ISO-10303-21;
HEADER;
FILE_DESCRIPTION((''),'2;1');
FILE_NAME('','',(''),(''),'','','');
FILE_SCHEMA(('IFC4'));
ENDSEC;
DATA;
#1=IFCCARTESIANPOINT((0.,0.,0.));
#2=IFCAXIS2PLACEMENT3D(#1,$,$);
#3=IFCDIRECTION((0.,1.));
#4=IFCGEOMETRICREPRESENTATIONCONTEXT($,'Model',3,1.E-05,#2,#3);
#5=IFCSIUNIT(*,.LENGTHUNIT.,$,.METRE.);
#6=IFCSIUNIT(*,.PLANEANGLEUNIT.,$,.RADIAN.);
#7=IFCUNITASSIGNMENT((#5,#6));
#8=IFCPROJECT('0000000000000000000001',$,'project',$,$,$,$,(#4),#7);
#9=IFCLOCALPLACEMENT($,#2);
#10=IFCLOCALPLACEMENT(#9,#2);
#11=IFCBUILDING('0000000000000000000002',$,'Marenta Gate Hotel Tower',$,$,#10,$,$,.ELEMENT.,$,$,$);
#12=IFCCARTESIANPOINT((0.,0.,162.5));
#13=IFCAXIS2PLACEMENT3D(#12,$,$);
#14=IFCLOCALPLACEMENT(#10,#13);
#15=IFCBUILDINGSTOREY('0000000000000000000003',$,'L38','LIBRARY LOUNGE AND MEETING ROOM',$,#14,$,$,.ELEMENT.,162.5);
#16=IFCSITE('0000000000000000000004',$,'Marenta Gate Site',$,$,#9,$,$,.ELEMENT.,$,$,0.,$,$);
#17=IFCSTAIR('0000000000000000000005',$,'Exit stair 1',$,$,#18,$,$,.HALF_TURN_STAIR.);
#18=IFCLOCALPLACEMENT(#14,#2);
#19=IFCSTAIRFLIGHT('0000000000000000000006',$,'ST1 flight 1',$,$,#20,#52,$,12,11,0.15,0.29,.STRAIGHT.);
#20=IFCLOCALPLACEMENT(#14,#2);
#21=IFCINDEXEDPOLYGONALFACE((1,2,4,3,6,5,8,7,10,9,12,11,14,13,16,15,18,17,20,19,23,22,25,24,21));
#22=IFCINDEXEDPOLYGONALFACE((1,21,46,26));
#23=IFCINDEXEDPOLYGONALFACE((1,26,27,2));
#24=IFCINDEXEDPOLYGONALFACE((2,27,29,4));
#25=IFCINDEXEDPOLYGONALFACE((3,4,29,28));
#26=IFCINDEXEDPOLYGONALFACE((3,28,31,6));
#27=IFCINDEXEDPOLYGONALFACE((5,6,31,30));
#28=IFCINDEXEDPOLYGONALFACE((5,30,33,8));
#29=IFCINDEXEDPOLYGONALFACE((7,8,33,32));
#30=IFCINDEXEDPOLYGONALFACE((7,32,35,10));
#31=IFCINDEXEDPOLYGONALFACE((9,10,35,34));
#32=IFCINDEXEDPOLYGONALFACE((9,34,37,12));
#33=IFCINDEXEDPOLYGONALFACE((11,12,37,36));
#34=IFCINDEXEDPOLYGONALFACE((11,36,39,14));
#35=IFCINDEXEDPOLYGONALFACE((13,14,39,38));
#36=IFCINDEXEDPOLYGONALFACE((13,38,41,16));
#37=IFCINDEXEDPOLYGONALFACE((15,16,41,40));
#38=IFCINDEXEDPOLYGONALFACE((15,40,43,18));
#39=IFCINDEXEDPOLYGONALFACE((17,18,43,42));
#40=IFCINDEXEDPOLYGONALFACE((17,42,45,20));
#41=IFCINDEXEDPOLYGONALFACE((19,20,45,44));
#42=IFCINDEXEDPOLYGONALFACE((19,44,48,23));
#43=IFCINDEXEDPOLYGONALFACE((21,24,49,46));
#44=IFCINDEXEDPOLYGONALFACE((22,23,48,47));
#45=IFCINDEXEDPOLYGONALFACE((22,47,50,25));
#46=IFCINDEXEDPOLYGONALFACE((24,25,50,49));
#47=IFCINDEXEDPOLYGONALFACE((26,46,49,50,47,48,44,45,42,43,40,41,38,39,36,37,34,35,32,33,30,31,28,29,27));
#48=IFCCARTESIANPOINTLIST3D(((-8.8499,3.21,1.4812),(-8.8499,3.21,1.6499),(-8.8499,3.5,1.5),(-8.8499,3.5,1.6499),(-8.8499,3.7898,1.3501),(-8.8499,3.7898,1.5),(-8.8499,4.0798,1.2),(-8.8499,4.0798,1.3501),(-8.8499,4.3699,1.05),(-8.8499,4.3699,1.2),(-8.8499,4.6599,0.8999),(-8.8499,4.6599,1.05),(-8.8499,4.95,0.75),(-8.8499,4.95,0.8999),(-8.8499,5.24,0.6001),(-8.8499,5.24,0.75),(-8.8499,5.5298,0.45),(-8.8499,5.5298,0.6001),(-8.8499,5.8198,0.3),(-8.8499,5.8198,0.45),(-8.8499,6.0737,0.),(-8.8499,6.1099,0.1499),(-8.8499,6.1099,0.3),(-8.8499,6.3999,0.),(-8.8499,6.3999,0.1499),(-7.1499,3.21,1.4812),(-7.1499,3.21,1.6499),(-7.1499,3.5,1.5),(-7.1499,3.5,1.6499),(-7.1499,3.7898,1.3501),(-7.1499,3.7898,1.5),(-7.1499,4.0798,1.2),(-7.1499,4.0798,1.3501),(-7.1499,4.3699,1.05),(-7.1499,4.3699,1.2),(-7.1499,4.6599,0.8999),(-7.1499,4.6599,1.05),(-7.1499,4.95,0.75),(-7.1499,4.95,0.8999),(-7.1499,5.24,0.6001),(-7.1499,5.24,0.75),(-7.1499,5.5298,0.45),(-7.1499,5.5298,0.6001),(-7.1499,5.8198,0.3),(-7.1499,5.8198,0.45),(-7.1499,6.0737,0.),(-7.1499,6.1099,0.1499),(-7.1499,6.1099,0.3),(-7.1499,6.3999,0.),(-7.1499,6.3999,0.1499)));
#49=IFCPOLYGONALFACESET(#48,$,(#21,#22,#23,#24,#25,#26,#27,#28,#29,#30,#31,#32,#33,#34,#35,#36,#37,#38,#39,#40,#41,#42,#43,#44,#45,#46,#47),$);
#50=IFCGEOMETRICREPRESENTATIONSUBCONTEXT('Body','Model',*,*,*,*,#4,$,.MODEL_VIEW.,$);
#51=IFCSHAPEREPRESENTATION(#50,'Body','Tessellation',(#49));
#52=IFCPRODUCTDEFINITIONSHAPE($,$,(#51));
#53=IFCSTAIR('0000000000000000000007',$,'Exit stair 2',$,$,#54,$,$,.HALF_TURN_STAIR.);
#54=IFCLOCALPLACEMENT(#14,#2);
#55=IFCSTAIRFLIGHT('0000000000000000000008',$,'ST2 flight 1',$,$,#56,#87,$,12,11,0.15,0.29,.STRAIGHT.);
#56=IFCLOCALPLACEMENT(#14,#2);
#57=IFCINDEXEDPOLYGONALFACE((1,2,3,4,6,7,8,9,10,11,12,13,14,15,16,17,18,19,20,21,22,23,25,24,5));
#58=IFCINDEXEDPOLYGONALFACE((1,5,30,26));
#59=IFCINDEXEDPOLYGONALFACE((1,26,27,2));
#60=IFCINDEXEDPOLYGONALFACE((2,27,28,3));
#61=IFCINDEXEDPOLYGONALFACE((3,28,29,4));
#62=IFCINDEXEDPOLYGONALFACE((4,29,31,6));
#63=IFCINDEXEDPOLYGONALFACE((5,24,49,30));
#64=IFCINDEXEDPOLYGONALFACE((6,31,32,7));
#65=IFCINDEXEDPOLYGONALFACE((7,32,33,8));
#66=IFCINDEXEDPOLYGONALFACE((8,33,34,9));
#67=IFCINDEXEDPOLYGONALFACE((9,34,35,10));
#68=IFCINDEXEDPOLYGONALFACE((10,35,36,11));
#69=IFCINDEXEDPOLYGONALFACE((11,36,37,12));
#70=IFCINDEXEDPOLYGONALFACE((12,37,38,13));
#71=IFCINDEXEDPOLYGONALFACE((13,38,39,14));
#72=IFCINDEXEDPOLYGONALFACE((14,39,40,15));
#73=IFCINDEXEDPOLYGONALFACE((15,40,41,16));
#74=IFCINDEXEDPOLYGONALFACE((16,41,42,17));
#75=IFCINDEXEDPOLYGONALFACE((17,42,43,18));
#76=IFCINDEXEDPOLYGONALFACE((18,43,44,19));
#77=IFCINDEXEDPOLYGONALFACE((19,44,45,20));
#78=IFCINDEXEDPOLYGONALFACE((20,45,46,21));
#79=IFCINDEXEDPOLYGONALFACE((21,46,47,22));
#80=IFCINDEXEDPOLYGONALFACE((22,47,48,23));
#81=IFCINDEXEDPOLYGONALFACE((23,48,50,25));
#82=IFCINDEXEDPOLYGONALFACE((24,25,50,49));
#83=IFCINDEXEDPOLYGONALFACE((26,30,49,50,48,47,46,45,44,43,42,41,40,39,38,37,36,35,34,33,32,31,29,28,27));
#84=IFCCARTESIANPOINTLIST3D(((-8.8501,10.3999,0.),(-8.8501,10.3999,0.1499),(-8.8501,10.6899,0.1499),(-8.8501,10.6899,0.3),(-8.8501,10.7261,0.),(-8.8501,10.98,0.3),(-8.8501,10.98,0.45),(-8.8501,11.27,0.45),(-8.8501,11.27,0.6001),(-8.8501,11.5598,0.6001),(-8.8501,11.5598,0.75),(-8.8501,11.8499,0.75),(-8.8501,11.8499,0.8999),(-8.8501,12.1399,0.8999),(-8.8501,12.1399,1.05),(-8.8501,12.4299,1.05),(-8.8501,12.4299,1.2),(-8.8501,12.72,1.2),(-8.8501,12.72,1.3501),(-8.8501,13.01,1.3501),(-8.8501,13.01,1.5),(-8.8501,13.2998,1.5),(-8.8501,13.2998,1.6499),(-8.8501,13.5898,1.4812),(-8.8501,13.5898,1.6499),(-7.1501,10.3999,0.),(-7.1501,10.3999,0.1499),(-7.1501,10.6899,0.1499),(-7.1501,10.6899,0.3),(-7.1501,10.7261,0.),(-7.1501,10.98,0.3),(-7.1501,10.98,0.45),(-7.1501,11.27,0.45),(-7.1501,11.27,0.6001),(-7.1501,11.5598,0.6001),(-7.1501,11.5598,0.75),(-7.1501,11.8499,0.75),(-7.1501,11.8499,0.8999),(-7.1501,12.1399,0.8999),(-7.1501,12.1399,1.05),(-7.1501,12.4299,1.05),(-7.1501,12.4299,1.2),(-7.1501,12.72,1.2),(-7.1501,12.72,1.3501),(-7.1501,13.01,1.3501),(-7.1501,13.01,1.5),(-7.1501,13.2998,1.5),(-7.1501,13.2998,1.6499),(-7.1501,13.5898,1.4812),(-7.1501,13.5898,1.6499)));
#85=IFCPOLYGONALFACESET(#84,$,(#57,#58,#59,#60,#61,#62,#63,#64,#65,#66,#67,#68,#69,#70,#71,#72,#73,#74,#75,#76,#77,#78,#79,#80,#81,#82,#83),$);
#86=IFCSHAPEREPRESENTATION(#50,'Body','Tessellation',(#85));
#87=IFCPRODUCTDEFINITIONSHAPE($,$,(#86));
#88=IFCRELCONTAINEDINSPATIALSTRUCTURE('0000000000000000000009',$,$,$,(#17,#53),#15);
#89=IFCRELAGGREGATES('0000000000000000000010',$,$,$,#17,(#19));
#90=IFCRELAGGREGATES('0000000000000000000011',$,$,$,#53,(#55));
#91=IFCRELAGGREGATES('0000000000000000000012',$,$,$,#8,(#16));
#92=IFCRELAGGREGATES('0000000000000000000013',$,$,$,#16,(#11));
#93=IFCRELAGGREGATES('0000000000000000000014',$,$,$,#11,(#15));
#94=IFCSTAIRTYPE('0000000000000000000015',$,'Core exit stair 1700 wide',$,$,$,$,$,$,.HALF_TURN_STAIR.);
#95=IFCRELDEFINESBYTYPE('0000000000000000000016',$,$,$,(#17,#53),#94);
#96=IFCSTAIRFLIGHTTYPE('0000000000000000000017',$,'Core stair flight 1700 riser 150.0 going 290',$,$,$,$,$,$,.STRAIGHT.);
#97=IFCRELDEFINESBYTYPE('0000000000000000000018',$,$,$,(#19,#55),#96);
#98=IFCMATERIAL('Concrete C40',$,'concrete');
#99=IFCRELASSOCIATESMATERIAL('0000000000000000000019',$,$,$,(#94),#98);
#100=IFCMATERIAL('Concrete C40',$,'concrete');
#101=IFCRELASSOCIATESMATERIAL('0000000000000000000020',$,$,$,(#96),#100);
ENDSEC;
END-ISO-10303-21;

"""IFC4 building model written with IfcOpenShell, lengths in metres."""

from ifc_helpers import new_model, si_unit, direction, frame, origin, place, context, subcontext, project, spatial, polyline, outline, extrude, material, type_object, element, aggregate, save


model = new_model("IFC4")

# Units and contexts
model_context = context("Model", 3, precision=1e-05, world=origin(), true_north=direction((0.0, 1.0)))
body_context = subcontext(model_context, "Body", "Model", "MODEL_VIEW")
ifc_project = project(units=[si_unit("LENGTHUNIT", "METRE"), si_unit("PLANEANGLEUNIT", "RADIAN")], contexts=[model_context])

# Site, building, storey
site_placement = place(None, origin())
site = spatial("IfcSite", under=ifc_project, at=site_placement, Name="Marenta Gate Site", CompositionType="ELEMENT", RefElevation=0.0)
building_placement = place(site_placement, origin())
building = spatial("IfcBuilding", under=site, at=building_placement, Name="Marenta Gate Hotel Tower", CompositionType="ELEMENT")
storey_placement = place(building_placement, frame((0.0, 0.0, 162.5)))
storey = spatial("IfcBuildingStorey", under=building, at=storey_placement, Name="L38", Description="LIBRARY LOUNGE AND MEETING ROOM", CompositionType="ELEMENT", Elevation=162.5)

# Stairs, stair flights
ifc_material_1 = material(Name="Concrete C40", Category="concrete")
stair_type = type_object("IfcStairType", Name="Core exit stair 1700 wide", PredefinedType="HALF_TURN_STAIR", material=ifc_material_1)
stair_1_placement = place(storey_placement, origin())
stair_1 = element("IfcStair", 1, at=stair_1_placement, inside=storey, type_object=stair_type, Name="Exit stair 1", PredefinedType="HALF_TURN_STAIR")
ifc_material_2 = material(Name="Concrete C40", Category="concrete")
stair_flight_type = type_object("IfcStairFlightType", Name="Core stair flight 1700 riser 150.0 going 290", PredefinedType="STRAIGHT", material=ifc_material_2)
stair_flight_1_placement = place(storey_placement, frame((-8.0, 6.3999, 0.0), z_axis=(0.0, 0.0, 1.0), x_axis=(0.0, -1.0, 0.0)))
stair_flight_1 = element("IfcStairFlight", 2, at=stair_flight_1_placement, type_object=stair_flight_type, Name="ST1 flight 1", NumberOfRisers=12, NumberOfTreads=11, PredefinedType="STRAIGHT", RiserHeight=0.15, TreadLength=0.29, context=body_context, shape_type="SweptSolid", body=[
    extrude(outline(polyline([(0.0, 0.0), (0.0, 0.1499), (0.29, 0.1499), (0.29, 0.3), (0.5801, 0.3), (0.5801, 0.45), (0.8701, 0.45), (0.8701, 0.6001), (1.1599, 0.6001), (1.1599, 0.75), (1.45, 0.75), (1.45, 0.8999), (1.74, 0.8999), (1.74, 1.05), (2.03, 1.05), (2.03, 1.2), (2.3201, 1.2), (2.3201, 1.3501), (2.6101, 1.3501), (2.6101, 1.5), (2.8999, 1.5), (2.8999, 1.6499), (3.1899, 1.6499), (3.1899, 1.8), (3.1899, 1.4812), (0.3262, 0.0), (0.0, 0.0)])), frame((0.0, 0.8501, 0.0), z_axis=(0.0, -1.0, 0.0), x_axis=(1.0, 0.0, 0.0)), (0.0, 0.0, 1.0), 1.7),
])
aggregate(stair_1, [stair_flight_1])
stair_2_placement = place(storey_placement, origin())
stair_2 = element("IfcStair", 3, at=stair_2_placement, inside=storey, type_object=stair_type, Name="Exit stair 2", PredefinedType="HALF_TURN_STAIR")
stair_flight_2_placement = place(storey_placement, frame((-8.0, 10.3999, 0.0), z_axis=(0.0, 0.0, 1.0), x_axis=(0.0, 1.0, 0.0)))
stair_flight_2 = element("IfcStairFlight", 4, at=stair_flight_2_placement, type_object=stair_flight_type, Name="ST2 flight 1", NumberOfRisers=12, NumberOfTreads=11, PredefinedType="STRAIGHT", RiserHeight=0.15, TreadLength=0.29, context=body_context, shape_type="SweptSolid", body=[
    extrude(outline(polyline([(0.0, 0.0), (0.0, 0.1499), (0.29, 0.1499), (0.29, 0.3), (0.5801, 0.3), (0.5801, 0.45), (0.8701, 0.45), (0.8701, 0.6001), (1.1599, 0.6001), (1.1599, 0.75), (1.45, 0.75), (1.45, 0.8999), (1.74, 0.8999), (1.74, 1.05), (2.03, 1.05), (2.03, 1.2), (2.3201, 1.2), (2.3201, 1.3501), (2.6101, 1.3501), (2.6101, 1.5), (2.8999, 1.5), (2.8999, 1.6499), (3.1899, 1.6499), (3.1899, 1.8), (3.1899, 1.4812), (0.3262, 0.0), (0.0, 0.0)])), frame((0.0, 0.8501, 0.0), z_axis=(0.0, -1.0, 0.0), x_axis=(1.0, 0.0, 0.0)), (0.0, 0.0, 1.0), 1.7),
])
aggregate(stair_2, [stair_flight_2])

save(model, "model.ifc")
